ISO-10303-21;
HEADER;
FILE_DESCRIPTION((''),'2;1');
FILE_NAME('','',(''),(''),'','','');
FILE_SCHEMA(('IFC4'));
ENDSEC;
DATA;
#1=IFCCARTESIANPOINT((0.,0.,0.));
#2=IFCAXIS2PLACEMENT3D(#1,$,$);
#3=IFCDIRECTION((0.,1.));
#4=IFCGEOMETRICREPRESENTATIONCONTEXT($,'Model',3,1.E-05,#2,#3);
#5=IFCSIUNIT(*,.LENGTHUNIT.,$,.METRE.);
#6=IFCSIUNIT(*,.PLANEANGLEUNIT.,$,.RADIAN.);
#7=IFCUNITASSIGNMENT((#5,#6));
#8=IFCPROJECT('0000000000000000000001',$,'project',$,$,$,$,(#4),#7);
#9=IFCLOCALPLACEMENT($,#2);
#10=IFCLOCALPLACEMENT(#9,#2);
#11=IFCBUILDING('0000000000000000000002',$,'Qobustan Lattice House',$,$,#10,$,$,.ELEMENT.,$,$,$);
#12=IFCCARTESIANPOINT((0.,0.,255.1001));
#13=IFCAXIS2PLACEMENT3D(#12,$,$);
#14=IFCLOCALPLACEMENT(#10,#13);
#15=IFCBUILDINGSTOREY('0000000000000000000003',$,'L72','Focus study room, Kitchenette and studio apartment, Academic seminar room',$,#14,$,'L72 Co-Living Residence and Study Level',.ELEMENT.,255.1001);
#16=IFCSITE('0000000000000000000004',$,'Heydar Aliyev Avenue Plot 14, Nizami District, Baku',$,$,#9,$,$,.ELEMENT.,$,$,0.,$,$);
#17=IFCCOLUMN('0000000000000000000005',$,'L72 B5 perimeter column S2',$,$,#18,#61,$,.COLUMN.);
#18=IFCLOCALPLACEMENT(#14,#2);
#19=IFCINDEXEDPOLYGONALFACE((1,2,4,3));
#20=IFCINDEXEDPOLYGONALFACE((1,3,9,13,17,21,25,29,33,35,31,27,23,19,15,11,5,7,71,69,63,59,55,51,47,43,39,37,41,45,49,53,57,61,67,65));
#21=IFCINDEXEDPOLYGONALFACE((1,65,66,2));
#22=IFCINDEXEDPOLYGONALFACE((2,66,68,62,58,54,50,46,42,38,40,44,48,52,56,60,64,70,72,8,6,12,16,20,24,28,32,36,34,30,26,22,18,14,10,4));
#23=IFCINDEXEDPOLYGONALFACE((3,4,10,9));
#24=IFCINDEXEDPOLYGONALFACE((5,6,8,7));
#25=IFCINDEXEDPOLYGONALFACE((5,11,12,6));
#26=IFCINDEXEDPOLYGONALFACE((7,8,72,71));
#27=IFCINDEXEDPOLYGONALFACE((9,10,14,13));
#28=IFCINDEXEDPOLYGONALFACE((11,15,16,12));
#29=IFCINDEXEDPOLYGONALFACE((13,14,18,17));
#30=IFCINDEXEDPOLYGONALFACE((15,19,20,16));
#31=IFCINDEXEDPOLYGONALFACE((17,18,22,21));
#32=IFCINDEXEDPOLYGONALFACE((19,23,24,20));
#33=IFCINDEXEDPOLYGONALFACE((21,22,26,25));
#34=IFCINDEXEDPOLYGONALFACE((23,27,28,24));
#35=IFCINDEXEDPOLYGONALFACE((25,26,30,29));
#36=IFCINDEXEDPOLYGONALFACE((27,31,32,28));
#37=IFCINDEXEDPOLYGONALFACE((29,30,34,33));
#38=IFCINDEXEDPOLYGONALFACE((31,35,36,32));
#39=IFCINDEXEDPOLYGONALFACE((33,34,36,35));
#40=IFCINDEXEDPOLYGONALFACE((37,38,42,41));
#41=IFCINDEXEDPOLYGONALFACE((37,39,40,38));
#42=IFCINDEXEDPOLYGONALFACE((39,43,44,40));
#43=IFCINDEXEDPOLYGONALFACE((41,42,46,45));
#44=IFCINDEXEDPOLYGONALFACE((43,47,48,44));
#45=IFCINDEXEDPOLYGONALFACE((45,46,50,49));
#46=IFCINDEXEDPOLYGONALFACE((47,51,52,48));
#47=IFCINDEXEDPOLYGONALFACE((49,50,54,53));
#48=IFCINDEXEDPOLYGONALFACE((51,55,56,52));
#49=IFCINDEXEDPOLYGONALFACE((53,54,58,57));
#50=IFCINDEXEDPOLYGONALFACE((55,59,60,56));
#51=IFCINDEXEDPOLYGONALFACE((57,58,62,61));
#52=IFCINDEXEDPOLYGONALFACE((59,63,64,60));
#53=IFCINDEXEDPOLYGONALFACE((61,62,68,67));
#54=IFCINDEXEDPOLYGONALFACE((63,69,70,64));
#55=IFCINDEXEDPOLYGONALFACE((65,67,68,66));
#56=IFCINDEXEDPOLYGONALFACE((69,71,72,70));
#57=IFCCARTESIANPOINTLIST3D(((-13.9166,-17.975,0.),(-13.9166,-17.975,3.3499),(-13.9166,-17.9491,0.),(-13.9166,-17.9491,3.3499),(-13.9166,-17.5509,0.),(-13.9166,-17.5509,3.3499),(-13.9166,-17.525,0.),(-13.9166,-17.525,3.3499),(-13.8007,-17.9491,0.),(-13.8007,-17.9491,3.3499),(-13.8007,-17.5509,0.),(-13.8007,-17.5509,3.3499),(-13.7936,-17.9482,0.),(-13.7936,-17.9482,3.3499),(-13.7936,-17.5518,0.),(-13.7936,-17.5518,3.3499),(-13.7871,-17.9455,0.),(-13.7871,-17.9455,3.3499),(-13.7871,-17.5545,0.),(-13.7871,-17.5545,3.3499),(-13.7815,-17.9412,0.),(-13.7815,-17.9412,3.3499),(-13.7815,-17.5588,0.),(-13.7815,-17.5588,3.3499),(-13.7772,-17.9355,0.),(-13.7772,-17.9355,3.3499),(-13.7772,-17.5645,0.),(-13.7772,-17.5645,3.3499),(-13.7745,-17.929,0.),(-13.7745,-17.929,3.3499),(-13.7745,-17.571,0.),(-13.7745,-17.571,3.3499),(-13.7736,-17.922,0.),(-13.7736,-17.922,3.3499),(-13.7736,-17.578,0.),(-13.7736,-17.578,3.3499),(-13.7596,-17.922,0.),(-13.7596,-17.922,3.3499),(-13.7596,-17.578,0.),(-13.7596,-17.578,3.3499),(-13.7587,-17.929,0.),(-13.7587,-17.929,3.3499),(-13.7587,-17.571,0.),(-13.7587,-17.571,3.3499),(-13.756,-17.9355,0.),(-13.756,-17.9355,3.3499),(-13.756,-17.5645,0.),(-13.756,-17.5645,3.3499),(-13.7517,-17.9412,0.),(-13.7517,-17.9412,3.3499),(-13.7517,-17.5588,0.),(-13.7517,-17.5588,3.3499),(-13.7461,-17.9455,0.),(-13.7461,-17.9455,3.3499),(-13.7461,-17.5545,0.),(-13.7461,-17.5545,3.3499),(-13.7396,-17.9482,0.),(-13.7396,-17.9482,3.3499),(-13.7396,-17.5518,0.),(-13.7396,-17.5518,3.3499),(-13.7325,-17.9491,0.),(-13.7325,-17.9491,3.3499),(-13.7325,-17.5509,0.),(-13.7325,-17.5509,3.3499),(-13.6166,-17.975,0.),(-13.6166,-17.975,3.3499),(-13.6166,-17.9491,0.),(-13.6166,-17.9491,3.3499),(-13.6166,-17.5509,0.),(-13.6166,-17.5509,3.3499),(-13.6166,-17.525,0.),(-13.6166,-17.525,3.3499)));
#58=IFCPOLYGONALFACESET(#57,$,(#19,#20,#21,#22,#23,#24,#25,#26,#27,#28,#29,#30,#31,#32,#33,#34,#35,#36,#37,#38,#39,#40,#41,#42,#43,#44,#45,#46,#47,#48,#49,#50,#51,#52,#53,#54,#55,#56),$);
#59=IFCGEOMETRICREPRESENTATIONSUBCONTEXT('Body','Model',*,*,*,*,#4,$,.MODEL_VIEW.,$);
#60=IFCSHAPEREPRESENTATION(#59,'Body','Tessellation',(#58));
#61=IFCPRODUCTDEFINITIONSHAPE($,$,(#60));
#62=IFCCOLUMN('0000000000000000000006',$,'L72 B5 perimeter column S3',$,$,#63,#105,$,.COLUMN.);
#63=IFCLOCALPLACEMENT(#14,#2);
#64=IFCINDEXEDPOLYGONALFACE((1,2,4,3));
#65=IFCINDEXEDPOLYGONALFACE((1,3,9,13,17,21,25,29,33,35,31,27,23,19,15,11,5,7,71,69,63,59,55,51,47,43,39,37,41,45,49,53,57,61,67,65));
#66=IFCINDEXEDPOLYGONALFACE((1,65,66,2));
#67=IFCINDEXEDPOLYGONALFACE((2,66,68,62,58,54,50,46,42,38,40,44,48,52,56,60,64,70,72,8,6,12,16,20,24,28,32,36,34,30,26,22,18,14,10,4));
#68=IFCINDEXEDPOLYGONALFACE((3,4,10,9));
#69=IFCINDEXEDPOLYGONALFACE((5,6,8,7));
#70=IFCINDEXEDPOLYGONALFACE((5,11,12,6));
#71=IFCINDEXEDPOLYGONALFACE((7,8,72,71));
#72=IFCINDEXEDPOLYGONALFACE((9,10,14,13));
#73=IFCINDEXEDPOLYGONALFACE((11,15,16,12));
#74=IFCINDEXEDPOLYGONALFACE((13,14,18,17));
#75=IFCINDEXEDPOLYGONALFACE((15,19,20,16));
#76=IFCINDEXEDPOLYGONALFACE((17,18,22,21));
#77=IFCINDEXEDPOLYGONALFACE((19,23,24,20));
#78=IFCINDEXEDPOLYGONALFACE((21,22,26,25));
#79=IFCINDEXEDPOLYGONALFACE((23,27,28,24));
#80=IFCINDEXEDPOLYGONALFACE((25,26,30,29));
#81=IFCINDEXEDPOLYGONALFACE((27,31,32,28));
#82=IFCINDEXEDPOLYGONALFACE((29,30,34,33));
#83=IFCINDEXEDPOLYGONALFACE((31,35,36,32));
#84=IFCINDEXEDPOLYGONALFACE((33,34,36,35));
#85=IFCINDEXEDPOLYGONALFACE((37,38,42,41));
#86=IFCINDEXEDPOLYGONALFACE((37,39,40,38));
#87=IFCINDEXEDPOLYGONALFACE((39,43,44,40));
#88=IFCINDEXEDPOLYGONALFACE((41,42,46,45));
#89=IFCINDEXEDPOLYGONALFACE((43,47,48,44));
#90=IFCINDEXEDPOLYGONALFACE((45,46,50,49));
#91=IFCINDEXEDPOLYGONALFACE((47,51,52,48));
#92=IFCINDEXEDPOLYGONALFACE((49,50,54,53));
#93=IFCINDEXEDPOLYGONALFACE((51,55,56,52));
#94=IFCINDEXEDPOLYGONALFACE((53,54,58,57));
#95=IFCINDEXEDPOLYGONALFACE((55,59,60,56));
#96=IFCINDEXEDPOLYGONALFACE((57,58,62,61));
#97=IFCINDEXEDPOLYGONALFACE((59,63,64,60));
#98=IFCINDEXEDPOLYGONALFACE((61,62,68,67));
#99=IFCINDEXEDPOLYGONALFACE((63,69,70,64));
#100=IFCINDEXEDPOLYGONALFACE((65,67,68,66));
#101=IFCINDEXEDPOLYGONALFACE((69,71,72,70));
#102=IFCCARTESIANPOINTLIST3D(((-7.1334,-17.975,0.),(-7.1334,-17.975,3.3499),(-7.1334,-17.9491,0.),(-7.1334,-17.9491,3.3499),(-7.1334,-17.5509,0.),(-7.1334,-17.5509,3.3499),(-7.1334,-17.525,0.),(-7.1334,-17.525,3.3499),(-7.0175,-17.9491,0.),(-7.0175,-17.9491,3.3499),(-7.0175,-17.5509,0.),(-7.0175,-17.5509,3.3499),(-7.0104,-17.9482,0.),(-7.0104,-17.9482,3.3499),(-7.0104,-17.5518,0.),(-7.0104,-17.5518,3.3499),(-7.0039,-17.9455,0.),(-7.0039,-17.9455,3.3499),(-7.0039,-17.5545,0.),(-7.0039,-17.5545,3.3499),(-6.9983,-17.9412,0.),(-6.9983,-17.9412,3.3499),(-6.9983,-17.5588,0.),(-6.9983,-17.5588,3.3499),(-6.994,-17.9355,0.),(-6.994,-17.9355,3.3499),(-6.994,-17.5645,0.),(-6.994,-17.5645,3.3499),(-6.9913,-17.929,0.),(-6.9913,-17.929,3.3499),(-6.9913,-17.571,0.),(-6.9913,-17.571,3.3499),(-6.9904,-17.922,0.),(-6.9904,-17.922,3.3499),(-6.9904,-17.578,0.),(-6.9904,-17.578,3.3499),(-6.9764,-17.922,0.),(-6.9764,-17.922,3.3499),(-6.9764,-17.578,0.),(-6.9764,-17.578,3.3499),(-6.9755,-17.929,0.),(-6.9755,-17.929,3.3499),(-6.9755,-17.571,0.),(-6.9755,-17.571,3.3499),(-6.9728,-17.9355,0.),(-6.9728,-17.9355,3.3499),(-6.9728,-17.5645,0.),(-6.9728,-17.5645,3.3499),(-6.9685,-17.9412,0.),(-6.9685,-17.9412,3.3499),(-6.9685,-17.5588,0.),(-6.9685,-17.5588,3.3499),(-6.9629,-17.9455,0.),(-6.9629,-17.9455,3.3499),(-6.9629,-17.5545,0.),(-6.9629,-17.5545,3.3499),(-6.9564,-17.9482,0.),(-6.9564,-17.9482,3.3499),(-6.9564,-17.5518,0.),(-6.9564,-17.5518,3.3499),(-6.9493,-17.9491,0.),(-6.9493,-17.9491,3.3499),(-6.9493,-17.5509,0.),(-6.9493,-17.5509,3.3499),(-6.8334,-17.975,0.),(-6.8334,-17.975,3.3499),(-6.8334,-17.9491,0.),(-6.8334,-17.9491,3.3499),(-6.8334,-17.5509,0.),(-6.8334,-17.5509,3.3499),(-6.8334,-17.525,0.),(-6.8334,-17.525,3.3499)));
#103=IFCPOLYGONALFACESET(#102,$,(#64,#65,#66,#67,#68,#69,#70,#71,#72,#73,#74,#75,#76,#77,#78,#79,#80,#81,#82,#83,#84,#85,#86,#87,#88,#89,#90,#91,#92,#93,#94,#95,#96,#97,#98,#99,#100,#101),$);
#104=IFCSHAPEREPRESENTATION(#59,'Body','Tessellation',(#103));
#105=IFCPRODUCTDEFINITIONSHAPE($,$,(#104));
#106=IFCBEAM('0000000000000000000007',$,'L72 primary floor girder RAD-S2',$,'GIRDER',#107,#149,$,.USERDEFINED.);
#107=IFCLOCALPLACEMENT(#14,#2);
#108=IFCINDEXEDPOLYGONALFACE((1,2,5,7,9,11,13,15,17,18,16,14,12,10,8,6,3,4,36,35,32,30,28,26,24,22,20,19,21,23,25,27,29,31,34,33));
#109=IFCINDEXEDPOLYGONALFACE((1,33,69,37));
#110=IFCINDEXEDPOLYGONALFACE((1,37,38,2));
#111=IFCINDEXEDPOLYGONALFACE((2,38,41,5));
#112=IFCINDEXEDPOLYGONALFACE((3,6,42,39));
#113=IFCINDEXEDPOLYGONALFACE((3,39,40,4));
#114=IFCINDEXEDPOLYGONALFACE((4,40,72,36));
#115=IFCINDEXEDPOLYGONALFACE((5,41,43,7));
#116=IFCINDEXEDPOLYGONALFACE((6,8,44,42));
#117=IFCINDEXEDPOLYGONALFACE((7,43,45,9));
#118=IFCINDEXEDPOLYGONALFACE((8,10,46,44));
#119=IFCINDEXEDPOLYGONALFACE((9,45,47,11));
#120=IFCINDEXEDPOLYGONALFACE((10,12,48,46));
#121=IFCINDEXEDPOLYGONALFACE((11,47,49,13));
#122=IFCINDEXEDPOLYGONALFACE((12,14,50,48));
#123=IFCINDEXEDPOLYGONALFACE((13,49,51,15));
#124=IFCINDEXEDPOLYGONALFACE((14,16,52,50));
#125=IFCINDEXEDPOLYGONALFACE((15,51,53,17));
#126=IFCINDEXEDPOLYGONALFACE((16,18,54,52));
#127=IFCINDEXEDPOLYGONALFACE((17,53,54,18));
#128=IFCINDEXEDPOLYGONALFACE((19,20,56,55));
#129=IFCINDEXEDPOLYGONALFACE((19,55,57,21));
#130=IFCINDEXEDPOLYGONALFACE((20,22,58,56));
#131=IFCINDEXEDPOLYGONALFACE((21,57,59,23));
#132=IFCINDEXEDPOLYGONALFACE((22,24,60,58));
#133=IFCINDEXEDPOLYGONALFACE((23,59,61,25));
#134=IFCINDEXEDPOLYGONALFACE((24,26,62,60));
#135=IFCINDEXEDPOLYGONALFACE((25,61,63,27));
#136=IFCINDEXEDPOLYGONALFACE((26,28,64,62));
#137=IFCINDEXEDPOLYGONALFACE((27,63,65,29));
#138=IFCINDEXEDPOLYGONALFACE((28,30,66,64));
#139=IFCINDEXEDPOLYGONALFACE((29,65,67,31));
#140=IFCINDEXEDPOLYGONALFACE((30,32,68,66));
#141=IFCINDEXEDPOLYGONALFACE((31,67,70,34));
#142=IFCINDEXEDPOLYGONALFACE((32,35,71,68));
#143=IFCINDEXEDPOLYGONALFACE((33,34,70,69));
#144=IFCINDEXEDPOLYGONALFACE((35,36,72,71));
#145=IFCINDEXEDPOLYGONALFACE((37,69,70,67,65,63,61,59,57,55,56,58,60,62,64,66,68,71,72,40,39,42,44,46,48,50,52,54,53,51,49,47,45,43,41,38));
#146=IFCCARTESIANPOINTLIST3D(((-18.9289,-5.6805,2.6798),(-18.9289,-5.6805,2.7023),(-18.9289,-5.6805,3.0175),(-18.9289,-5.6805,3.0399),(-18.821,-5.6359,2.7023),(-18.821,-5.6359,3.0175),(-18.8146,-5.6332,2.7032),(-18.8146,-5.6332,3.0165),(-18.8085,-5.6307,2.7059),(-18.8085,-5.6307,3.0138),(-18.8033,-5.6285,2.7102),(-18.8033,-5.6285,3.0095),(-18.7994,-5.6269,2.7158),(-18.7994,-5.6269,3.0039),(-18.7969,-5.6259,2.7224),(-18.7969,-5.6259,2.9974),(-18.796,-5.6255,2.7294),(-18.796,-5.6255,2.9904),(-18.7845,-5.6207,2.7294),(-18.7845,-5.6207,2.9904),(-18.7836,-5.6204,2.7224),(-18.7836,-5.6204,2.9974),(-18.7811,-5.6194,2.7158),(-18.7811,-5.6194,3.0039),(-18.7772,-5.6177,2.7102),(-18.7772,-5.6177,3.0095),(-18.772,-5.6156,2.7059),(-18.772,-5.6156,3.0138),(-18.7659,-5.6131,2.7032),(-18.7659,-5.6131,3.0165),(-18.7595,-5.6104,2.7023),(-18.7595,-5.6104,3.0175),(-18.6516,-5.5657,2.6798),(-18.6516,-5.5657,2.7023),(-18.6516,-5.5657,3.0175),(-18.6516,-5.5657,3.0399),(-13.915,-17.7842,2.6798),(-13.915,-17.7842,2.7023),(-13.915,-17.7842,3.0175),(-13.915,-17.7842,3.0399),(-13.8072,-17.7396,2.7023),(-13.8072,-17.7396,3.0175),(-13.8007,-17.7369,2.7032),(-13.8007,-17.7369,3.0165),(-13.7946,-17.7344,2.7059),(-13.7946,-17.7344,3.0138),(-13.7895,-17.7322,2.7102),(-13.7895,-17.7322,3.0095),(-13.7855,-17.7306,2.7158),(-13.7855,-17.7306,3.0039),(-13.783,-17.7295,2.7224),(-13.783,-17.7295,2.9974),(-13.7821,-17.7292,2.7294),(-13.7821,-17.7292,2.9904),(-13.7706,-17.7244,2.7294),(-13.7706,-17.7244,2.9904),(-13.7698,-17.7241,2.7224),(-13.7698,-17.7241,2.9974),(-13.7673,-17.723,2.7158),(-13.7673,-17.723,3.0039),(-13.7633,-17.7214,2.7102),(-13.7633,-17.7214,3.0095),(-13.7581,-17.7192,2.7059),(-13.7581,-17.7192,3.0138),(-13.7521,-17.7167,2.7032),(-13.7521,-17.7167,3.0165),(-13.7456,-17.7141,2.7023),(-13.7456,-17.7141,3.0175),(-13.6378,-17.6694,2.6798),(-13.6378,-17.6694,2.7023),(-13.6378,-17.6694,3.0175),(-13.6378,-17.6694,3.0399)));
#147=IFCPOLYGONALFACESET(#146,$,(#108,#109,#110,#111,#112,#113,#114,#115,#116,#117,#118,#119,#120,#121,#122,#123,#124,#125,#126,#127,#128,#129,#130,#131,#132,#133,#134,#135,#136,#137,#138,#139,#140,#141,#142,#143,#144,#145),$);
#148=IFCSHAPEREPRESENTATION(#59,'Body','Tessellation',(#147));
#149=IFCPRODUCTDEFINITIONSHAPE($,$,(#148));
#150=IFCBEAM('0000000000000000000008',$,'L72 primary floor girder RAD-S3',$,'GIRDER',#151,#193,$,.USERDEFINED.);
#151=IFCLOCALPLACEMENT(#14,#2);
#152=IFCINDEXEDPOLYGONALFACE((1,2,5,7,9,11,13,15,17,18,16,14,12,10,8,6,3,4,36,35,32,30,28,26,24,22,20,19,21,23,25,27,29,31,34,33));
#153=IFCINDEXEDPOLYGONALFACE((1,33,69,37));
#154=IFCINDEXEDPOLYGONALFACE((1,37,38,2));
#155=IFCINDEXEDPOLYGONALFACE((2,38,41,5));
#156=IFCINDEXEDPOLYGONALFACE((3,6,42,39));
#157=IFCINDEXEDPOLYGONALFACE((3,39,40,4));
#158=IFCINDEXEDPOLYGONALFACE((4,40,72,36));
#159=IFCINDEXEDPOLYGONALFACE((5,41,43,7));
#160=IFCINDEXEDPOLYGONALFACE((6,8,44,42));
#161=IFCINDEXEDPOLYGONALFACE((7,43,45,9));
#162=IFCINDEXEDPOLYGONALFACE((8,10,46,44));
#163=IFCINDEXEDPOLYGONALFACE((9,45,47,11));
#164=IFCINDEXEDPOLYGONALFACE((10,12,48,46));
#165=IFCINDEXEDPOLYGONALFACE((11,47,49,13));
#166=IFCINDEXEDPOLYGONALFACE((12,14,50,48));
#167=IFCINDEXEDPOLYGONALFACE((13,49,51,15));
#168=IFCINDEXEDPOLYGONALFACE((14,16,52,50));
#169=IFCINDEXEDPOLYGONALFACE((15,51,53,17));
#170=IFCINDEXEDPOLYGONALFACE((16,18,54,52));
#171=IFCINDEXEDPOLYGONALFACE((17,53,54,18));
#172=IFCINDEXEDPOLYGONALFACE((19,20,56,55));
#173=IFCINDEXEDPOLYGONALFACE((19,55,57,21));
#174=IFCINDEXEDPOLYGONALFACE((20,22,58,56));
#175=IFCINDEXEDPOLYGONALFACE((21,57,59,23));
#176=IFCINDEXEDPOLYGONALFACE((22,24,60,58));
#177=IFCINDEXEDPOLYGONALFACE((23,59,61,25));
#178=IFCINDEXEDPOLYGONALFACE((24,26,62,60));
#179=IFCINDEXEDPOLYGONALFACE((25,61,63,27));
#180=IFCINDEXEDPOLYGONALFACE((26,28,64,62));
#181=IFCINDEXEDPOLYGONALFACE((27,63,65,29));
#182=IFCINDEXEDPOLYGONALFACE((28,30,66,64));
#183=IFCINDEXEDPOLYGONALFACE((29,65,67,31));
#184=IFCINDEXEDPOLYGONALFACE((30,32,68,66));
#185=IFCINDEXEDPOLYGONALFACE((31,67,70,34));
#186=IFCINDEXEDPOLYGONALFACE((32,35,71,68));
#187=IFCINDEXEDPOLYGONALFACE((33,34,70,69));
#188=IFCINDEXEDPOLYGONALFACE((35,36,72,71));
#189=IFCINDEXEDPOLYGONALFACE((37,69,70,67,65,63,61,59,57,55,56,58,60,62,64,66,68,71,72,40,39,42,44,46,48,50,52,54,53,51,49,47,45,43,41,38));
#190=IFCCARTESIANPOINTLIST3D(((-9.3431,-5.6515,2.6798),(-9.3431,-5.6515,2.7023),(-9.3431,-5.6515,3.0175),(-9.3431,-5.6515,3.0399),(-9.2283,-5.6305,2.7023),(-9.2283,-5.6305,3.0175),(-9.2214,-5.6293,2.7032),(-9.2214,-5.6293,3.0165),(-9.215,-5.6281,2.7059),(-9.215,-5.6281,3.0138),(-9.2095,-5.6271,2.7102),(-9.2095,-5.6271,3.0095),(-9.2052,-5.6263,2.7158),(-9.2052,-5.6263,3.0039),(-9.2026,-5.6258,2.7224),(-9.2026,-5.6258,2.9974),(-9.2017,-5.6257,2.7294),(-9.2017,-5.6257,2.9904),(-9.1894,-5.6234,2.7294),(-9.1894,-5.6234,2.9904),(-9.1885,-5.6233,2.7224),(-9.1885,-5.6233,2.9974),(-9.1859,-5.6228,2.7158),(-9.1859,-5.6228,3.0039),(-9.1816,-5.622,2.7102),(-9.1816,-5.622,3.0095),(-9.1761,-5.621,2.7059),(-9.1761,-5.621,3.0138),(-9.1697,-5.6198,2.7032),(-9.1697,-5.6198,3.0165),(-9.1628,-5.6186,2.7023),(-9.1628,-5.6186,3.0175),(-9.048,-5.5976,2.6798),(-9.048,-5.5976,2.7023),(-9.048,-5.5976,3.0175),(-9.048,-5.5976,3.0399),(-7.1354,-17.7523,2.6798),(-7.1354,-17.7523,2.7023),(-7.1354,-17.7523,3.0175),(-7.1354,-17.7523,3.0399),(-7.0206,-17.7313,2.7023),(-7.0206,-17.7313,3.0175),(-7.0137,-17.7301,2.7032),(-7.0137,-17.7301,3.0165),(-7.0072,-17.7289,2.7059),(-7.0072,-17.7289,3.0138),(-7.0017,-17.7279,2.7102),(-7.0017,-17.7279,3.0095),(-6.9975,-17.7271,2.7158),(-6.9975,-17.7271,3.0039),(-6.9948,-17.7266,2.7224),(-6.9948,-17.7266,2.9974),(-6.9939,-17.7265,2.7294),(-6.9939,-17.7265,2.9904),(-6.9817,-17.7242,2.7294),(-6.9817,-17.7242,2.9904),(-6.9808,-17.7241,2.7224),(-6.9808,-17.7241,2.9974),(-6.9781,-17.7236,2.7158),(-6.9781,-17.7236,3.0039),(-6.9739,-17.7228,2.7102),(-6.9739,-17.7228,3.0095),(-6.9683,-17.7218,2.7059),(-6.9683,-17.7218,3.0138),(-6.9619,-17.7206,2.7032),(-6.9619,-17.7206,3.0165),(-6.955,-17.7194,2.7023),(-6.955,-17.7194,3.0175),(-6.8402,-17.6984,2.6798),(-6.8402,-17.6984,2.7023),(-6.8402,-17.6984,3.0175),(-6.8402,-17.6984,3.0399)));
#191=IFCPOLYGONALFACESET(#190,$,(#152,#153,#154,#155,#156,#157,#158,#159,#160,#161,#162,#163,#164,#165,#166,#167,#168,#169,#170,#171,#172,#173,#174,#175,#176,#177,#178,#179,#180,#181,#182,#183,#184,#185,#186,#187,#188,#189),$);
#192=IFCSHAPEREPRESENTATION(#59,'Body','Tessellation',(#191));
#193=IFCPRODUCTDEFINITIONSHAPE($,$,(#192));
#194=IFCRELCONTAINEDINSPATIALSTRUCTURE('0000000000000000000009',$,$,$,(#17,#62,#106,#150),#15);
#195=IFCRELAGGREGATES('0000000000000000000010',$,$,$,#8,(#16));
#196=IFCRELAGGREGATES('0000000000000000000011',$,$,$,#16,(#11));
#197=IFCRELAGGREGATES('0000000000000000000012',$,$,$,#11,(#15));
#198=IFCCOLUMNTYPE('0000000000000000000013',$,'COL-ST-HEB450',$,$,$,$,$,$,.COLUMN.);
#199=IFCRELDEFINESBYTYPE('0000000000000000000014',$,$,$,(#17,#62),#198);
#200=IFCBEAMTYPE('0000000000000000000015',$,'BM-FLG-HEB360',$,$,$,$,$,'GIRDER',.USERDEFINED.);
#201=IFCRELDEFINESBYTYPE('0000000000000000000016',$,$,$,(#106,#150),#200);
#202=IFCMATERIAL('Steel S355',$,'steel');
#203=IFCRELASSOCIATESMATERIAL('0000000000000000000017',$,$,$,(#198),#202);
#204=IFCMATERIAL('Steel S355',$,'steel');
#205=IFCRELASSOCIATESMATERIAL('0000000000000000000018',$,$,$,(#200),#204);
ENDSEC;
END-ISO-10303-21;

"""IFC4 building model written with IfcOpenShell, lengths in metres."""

from ifc_helpers import new_model, si_unit, direction, frame, origin, origin_2d, place, context, subcontext, project, spatial, i_section, extrude, material, material_profile, profile_set, type_object, element, save


model = new_model("IFC4")

# Units and contexts
model_context = context("Model", 3, precision=1e-05, world=origin(), true_north=direction((0.0, 1.0)))
body_context = subcontext(model_context, "Body", "Model", "MODEL_VIEW")
ifc_project = project(units=[si_unit("LENGTHUNIT", "METRE"), si_unit("PLANEANGLEUNIT", "RADIAN")], contexts=[model_context])

# Site, building, storey
site_placement = place(None, origin())
site = spatial("IfcSite", under=ifc_project, at=site_placement, Name="Heydar Aliyev Avenue Plot 14, Nizami District, Baku", CompositionType="ELEMENT", RefElevation=0.0)
building_placement = place(site_placement, origin())
building = spatial("IfcBuilding", under=site, at=building_placement, Name="Qobustan Lattice House", CompositionType="ELEMENT")
storey_placement = place(building_placement, frame((0.0, 0.0, 255.1001)))
storey = spatial("IfcBuildingStorey", under=building, at=storey_placement, Name="L72", Description="Focus study room, Kitchenette and studio apartment, Academic seminar room", LongName="L72 Co-Living Residence and Study Level", CompositionType="ELEMENT", Elevation=255.1001)

# Columns
ifc_material_1 = material(Name="Steel S355", Category="steel")
ifc_material_profile_1 = material_profile(ifc_material_1, i_section(OverallWidth=0.3, OverallDepth=0.45, WebThickness=0.0139, FlangeThickness=0.0259, FilletRadius=0.0271, at=origin_2d()), Name="HEB450")
ifc_profile_set_1 = profile_set([ifc_material_profile_1], Name="Steel S355")
column_type = type_object("IfcColumnType", Name="COL-ST-HEB450", PredefinedType="COLUMN", material=ifc_profile_set_1)
for number, where, z_axis, x_axis, name in (
    (1, (-13.7666, -17.75, 0.0), (0.0, 0.0, 1.0), (1.0, 0.0, 0.0), "L72 B5 perimeter column S2"),
    (2, (-6.9834, -17.75, 0.0), (0.0, 0.0, 1.0), (1.0, 0.0, 0.0), "L72 B5 perimeter column S3"),
):
    element("IfcColumn", number, at=place(storey_placement, frame(where, z_axis=z_axis, x_axis=x_axis)), inside=storey, type_object=column_type, Name=name, PredefinedType="COLUMN", context=body_context, shape_type="SweptSolid", body=[
        extrude(i_section(OverallWidth=0.3, OverallDepth=0.45, WebThickness=0.0139, FlangeThickness=0.0259, FilletRadius=0.0271, at=origin_2d()), origin(), (0.0, 0.0, 1.0), 3.3499),
    ])

# Beams
ifc_material_2 = material(Name="Steel S355", Category="steel")
ifc_material_profile_2 = material_profile(ifc_material_2, i_section(OverallWidth=0.3, OverallDepth=0.3601, WebThickness=0.0125, FlangeThickness=0.0225, FilletRadius=0.0271, at=origin_2d()), Name="HEB360")
ifc_profile_set_2 = profile_set([ifc_material_profile_2], Name="Steel S355")
beam_type_1 = type_object("IfcBeamType", Name="BM-FLG-HEB360", ElementType="GIRDER", PredefinedType="USERDEFINED", material=ifc_profile_set_2)
beam_1_placement = place(storey_placement, frame((-13.7764, -17.7268, 2.8599), z_axis=(-0.382708, 0.923869, 0.0), x_axis=(-0.923869, -0.382708, 0.0)))
element("IfcBeam", 3, at=beam_1_placement, inside=storey, type_object=beam_type_1, Name="L72 primary floor girder RAD-S2", ObjectType="GIRDER", PredefinedType="USERDEFINED", context=body_context, shape_type="SweptSolid", body=[
    extrude(i_section(OverallWidth=0.3, OverallDepth=0.3601, WebThickness=0.0125, FlangeThickness=0.0225, FilletRadius=0.0271, at=origin_2d()), origin(), (0.0, 0.0, 1.0), 13.1011),
])
beam_2_placement = place(storey_placement, frame((-6.9878, -17.7253, 2.8599), z_axis=(-0.179484, 0.983761, 0.0), x_axis=(-0.983761, -0.179484, 0.0)))
element("IfcBeam", 4, at=beam_2_placement, inside=storey, type_object=beam_type_1, Name="L72 primary floor girder RAD-S3", ObjectType="GIRDER", PredefinedType="USERDEFINED", context=body_context, shape_type="SweptSolid", body=[
    extrude(i_section(OverallWidth=0.3, OverallDepth=0.3601, WebThickness=0.0125, FlangeThickness=0.0225, FilletRadius=0.0271, at=origin_2d()), origin(), (0.0, 0.0, 1.0), 12.3005),
])

save(model, "model.ifc")
